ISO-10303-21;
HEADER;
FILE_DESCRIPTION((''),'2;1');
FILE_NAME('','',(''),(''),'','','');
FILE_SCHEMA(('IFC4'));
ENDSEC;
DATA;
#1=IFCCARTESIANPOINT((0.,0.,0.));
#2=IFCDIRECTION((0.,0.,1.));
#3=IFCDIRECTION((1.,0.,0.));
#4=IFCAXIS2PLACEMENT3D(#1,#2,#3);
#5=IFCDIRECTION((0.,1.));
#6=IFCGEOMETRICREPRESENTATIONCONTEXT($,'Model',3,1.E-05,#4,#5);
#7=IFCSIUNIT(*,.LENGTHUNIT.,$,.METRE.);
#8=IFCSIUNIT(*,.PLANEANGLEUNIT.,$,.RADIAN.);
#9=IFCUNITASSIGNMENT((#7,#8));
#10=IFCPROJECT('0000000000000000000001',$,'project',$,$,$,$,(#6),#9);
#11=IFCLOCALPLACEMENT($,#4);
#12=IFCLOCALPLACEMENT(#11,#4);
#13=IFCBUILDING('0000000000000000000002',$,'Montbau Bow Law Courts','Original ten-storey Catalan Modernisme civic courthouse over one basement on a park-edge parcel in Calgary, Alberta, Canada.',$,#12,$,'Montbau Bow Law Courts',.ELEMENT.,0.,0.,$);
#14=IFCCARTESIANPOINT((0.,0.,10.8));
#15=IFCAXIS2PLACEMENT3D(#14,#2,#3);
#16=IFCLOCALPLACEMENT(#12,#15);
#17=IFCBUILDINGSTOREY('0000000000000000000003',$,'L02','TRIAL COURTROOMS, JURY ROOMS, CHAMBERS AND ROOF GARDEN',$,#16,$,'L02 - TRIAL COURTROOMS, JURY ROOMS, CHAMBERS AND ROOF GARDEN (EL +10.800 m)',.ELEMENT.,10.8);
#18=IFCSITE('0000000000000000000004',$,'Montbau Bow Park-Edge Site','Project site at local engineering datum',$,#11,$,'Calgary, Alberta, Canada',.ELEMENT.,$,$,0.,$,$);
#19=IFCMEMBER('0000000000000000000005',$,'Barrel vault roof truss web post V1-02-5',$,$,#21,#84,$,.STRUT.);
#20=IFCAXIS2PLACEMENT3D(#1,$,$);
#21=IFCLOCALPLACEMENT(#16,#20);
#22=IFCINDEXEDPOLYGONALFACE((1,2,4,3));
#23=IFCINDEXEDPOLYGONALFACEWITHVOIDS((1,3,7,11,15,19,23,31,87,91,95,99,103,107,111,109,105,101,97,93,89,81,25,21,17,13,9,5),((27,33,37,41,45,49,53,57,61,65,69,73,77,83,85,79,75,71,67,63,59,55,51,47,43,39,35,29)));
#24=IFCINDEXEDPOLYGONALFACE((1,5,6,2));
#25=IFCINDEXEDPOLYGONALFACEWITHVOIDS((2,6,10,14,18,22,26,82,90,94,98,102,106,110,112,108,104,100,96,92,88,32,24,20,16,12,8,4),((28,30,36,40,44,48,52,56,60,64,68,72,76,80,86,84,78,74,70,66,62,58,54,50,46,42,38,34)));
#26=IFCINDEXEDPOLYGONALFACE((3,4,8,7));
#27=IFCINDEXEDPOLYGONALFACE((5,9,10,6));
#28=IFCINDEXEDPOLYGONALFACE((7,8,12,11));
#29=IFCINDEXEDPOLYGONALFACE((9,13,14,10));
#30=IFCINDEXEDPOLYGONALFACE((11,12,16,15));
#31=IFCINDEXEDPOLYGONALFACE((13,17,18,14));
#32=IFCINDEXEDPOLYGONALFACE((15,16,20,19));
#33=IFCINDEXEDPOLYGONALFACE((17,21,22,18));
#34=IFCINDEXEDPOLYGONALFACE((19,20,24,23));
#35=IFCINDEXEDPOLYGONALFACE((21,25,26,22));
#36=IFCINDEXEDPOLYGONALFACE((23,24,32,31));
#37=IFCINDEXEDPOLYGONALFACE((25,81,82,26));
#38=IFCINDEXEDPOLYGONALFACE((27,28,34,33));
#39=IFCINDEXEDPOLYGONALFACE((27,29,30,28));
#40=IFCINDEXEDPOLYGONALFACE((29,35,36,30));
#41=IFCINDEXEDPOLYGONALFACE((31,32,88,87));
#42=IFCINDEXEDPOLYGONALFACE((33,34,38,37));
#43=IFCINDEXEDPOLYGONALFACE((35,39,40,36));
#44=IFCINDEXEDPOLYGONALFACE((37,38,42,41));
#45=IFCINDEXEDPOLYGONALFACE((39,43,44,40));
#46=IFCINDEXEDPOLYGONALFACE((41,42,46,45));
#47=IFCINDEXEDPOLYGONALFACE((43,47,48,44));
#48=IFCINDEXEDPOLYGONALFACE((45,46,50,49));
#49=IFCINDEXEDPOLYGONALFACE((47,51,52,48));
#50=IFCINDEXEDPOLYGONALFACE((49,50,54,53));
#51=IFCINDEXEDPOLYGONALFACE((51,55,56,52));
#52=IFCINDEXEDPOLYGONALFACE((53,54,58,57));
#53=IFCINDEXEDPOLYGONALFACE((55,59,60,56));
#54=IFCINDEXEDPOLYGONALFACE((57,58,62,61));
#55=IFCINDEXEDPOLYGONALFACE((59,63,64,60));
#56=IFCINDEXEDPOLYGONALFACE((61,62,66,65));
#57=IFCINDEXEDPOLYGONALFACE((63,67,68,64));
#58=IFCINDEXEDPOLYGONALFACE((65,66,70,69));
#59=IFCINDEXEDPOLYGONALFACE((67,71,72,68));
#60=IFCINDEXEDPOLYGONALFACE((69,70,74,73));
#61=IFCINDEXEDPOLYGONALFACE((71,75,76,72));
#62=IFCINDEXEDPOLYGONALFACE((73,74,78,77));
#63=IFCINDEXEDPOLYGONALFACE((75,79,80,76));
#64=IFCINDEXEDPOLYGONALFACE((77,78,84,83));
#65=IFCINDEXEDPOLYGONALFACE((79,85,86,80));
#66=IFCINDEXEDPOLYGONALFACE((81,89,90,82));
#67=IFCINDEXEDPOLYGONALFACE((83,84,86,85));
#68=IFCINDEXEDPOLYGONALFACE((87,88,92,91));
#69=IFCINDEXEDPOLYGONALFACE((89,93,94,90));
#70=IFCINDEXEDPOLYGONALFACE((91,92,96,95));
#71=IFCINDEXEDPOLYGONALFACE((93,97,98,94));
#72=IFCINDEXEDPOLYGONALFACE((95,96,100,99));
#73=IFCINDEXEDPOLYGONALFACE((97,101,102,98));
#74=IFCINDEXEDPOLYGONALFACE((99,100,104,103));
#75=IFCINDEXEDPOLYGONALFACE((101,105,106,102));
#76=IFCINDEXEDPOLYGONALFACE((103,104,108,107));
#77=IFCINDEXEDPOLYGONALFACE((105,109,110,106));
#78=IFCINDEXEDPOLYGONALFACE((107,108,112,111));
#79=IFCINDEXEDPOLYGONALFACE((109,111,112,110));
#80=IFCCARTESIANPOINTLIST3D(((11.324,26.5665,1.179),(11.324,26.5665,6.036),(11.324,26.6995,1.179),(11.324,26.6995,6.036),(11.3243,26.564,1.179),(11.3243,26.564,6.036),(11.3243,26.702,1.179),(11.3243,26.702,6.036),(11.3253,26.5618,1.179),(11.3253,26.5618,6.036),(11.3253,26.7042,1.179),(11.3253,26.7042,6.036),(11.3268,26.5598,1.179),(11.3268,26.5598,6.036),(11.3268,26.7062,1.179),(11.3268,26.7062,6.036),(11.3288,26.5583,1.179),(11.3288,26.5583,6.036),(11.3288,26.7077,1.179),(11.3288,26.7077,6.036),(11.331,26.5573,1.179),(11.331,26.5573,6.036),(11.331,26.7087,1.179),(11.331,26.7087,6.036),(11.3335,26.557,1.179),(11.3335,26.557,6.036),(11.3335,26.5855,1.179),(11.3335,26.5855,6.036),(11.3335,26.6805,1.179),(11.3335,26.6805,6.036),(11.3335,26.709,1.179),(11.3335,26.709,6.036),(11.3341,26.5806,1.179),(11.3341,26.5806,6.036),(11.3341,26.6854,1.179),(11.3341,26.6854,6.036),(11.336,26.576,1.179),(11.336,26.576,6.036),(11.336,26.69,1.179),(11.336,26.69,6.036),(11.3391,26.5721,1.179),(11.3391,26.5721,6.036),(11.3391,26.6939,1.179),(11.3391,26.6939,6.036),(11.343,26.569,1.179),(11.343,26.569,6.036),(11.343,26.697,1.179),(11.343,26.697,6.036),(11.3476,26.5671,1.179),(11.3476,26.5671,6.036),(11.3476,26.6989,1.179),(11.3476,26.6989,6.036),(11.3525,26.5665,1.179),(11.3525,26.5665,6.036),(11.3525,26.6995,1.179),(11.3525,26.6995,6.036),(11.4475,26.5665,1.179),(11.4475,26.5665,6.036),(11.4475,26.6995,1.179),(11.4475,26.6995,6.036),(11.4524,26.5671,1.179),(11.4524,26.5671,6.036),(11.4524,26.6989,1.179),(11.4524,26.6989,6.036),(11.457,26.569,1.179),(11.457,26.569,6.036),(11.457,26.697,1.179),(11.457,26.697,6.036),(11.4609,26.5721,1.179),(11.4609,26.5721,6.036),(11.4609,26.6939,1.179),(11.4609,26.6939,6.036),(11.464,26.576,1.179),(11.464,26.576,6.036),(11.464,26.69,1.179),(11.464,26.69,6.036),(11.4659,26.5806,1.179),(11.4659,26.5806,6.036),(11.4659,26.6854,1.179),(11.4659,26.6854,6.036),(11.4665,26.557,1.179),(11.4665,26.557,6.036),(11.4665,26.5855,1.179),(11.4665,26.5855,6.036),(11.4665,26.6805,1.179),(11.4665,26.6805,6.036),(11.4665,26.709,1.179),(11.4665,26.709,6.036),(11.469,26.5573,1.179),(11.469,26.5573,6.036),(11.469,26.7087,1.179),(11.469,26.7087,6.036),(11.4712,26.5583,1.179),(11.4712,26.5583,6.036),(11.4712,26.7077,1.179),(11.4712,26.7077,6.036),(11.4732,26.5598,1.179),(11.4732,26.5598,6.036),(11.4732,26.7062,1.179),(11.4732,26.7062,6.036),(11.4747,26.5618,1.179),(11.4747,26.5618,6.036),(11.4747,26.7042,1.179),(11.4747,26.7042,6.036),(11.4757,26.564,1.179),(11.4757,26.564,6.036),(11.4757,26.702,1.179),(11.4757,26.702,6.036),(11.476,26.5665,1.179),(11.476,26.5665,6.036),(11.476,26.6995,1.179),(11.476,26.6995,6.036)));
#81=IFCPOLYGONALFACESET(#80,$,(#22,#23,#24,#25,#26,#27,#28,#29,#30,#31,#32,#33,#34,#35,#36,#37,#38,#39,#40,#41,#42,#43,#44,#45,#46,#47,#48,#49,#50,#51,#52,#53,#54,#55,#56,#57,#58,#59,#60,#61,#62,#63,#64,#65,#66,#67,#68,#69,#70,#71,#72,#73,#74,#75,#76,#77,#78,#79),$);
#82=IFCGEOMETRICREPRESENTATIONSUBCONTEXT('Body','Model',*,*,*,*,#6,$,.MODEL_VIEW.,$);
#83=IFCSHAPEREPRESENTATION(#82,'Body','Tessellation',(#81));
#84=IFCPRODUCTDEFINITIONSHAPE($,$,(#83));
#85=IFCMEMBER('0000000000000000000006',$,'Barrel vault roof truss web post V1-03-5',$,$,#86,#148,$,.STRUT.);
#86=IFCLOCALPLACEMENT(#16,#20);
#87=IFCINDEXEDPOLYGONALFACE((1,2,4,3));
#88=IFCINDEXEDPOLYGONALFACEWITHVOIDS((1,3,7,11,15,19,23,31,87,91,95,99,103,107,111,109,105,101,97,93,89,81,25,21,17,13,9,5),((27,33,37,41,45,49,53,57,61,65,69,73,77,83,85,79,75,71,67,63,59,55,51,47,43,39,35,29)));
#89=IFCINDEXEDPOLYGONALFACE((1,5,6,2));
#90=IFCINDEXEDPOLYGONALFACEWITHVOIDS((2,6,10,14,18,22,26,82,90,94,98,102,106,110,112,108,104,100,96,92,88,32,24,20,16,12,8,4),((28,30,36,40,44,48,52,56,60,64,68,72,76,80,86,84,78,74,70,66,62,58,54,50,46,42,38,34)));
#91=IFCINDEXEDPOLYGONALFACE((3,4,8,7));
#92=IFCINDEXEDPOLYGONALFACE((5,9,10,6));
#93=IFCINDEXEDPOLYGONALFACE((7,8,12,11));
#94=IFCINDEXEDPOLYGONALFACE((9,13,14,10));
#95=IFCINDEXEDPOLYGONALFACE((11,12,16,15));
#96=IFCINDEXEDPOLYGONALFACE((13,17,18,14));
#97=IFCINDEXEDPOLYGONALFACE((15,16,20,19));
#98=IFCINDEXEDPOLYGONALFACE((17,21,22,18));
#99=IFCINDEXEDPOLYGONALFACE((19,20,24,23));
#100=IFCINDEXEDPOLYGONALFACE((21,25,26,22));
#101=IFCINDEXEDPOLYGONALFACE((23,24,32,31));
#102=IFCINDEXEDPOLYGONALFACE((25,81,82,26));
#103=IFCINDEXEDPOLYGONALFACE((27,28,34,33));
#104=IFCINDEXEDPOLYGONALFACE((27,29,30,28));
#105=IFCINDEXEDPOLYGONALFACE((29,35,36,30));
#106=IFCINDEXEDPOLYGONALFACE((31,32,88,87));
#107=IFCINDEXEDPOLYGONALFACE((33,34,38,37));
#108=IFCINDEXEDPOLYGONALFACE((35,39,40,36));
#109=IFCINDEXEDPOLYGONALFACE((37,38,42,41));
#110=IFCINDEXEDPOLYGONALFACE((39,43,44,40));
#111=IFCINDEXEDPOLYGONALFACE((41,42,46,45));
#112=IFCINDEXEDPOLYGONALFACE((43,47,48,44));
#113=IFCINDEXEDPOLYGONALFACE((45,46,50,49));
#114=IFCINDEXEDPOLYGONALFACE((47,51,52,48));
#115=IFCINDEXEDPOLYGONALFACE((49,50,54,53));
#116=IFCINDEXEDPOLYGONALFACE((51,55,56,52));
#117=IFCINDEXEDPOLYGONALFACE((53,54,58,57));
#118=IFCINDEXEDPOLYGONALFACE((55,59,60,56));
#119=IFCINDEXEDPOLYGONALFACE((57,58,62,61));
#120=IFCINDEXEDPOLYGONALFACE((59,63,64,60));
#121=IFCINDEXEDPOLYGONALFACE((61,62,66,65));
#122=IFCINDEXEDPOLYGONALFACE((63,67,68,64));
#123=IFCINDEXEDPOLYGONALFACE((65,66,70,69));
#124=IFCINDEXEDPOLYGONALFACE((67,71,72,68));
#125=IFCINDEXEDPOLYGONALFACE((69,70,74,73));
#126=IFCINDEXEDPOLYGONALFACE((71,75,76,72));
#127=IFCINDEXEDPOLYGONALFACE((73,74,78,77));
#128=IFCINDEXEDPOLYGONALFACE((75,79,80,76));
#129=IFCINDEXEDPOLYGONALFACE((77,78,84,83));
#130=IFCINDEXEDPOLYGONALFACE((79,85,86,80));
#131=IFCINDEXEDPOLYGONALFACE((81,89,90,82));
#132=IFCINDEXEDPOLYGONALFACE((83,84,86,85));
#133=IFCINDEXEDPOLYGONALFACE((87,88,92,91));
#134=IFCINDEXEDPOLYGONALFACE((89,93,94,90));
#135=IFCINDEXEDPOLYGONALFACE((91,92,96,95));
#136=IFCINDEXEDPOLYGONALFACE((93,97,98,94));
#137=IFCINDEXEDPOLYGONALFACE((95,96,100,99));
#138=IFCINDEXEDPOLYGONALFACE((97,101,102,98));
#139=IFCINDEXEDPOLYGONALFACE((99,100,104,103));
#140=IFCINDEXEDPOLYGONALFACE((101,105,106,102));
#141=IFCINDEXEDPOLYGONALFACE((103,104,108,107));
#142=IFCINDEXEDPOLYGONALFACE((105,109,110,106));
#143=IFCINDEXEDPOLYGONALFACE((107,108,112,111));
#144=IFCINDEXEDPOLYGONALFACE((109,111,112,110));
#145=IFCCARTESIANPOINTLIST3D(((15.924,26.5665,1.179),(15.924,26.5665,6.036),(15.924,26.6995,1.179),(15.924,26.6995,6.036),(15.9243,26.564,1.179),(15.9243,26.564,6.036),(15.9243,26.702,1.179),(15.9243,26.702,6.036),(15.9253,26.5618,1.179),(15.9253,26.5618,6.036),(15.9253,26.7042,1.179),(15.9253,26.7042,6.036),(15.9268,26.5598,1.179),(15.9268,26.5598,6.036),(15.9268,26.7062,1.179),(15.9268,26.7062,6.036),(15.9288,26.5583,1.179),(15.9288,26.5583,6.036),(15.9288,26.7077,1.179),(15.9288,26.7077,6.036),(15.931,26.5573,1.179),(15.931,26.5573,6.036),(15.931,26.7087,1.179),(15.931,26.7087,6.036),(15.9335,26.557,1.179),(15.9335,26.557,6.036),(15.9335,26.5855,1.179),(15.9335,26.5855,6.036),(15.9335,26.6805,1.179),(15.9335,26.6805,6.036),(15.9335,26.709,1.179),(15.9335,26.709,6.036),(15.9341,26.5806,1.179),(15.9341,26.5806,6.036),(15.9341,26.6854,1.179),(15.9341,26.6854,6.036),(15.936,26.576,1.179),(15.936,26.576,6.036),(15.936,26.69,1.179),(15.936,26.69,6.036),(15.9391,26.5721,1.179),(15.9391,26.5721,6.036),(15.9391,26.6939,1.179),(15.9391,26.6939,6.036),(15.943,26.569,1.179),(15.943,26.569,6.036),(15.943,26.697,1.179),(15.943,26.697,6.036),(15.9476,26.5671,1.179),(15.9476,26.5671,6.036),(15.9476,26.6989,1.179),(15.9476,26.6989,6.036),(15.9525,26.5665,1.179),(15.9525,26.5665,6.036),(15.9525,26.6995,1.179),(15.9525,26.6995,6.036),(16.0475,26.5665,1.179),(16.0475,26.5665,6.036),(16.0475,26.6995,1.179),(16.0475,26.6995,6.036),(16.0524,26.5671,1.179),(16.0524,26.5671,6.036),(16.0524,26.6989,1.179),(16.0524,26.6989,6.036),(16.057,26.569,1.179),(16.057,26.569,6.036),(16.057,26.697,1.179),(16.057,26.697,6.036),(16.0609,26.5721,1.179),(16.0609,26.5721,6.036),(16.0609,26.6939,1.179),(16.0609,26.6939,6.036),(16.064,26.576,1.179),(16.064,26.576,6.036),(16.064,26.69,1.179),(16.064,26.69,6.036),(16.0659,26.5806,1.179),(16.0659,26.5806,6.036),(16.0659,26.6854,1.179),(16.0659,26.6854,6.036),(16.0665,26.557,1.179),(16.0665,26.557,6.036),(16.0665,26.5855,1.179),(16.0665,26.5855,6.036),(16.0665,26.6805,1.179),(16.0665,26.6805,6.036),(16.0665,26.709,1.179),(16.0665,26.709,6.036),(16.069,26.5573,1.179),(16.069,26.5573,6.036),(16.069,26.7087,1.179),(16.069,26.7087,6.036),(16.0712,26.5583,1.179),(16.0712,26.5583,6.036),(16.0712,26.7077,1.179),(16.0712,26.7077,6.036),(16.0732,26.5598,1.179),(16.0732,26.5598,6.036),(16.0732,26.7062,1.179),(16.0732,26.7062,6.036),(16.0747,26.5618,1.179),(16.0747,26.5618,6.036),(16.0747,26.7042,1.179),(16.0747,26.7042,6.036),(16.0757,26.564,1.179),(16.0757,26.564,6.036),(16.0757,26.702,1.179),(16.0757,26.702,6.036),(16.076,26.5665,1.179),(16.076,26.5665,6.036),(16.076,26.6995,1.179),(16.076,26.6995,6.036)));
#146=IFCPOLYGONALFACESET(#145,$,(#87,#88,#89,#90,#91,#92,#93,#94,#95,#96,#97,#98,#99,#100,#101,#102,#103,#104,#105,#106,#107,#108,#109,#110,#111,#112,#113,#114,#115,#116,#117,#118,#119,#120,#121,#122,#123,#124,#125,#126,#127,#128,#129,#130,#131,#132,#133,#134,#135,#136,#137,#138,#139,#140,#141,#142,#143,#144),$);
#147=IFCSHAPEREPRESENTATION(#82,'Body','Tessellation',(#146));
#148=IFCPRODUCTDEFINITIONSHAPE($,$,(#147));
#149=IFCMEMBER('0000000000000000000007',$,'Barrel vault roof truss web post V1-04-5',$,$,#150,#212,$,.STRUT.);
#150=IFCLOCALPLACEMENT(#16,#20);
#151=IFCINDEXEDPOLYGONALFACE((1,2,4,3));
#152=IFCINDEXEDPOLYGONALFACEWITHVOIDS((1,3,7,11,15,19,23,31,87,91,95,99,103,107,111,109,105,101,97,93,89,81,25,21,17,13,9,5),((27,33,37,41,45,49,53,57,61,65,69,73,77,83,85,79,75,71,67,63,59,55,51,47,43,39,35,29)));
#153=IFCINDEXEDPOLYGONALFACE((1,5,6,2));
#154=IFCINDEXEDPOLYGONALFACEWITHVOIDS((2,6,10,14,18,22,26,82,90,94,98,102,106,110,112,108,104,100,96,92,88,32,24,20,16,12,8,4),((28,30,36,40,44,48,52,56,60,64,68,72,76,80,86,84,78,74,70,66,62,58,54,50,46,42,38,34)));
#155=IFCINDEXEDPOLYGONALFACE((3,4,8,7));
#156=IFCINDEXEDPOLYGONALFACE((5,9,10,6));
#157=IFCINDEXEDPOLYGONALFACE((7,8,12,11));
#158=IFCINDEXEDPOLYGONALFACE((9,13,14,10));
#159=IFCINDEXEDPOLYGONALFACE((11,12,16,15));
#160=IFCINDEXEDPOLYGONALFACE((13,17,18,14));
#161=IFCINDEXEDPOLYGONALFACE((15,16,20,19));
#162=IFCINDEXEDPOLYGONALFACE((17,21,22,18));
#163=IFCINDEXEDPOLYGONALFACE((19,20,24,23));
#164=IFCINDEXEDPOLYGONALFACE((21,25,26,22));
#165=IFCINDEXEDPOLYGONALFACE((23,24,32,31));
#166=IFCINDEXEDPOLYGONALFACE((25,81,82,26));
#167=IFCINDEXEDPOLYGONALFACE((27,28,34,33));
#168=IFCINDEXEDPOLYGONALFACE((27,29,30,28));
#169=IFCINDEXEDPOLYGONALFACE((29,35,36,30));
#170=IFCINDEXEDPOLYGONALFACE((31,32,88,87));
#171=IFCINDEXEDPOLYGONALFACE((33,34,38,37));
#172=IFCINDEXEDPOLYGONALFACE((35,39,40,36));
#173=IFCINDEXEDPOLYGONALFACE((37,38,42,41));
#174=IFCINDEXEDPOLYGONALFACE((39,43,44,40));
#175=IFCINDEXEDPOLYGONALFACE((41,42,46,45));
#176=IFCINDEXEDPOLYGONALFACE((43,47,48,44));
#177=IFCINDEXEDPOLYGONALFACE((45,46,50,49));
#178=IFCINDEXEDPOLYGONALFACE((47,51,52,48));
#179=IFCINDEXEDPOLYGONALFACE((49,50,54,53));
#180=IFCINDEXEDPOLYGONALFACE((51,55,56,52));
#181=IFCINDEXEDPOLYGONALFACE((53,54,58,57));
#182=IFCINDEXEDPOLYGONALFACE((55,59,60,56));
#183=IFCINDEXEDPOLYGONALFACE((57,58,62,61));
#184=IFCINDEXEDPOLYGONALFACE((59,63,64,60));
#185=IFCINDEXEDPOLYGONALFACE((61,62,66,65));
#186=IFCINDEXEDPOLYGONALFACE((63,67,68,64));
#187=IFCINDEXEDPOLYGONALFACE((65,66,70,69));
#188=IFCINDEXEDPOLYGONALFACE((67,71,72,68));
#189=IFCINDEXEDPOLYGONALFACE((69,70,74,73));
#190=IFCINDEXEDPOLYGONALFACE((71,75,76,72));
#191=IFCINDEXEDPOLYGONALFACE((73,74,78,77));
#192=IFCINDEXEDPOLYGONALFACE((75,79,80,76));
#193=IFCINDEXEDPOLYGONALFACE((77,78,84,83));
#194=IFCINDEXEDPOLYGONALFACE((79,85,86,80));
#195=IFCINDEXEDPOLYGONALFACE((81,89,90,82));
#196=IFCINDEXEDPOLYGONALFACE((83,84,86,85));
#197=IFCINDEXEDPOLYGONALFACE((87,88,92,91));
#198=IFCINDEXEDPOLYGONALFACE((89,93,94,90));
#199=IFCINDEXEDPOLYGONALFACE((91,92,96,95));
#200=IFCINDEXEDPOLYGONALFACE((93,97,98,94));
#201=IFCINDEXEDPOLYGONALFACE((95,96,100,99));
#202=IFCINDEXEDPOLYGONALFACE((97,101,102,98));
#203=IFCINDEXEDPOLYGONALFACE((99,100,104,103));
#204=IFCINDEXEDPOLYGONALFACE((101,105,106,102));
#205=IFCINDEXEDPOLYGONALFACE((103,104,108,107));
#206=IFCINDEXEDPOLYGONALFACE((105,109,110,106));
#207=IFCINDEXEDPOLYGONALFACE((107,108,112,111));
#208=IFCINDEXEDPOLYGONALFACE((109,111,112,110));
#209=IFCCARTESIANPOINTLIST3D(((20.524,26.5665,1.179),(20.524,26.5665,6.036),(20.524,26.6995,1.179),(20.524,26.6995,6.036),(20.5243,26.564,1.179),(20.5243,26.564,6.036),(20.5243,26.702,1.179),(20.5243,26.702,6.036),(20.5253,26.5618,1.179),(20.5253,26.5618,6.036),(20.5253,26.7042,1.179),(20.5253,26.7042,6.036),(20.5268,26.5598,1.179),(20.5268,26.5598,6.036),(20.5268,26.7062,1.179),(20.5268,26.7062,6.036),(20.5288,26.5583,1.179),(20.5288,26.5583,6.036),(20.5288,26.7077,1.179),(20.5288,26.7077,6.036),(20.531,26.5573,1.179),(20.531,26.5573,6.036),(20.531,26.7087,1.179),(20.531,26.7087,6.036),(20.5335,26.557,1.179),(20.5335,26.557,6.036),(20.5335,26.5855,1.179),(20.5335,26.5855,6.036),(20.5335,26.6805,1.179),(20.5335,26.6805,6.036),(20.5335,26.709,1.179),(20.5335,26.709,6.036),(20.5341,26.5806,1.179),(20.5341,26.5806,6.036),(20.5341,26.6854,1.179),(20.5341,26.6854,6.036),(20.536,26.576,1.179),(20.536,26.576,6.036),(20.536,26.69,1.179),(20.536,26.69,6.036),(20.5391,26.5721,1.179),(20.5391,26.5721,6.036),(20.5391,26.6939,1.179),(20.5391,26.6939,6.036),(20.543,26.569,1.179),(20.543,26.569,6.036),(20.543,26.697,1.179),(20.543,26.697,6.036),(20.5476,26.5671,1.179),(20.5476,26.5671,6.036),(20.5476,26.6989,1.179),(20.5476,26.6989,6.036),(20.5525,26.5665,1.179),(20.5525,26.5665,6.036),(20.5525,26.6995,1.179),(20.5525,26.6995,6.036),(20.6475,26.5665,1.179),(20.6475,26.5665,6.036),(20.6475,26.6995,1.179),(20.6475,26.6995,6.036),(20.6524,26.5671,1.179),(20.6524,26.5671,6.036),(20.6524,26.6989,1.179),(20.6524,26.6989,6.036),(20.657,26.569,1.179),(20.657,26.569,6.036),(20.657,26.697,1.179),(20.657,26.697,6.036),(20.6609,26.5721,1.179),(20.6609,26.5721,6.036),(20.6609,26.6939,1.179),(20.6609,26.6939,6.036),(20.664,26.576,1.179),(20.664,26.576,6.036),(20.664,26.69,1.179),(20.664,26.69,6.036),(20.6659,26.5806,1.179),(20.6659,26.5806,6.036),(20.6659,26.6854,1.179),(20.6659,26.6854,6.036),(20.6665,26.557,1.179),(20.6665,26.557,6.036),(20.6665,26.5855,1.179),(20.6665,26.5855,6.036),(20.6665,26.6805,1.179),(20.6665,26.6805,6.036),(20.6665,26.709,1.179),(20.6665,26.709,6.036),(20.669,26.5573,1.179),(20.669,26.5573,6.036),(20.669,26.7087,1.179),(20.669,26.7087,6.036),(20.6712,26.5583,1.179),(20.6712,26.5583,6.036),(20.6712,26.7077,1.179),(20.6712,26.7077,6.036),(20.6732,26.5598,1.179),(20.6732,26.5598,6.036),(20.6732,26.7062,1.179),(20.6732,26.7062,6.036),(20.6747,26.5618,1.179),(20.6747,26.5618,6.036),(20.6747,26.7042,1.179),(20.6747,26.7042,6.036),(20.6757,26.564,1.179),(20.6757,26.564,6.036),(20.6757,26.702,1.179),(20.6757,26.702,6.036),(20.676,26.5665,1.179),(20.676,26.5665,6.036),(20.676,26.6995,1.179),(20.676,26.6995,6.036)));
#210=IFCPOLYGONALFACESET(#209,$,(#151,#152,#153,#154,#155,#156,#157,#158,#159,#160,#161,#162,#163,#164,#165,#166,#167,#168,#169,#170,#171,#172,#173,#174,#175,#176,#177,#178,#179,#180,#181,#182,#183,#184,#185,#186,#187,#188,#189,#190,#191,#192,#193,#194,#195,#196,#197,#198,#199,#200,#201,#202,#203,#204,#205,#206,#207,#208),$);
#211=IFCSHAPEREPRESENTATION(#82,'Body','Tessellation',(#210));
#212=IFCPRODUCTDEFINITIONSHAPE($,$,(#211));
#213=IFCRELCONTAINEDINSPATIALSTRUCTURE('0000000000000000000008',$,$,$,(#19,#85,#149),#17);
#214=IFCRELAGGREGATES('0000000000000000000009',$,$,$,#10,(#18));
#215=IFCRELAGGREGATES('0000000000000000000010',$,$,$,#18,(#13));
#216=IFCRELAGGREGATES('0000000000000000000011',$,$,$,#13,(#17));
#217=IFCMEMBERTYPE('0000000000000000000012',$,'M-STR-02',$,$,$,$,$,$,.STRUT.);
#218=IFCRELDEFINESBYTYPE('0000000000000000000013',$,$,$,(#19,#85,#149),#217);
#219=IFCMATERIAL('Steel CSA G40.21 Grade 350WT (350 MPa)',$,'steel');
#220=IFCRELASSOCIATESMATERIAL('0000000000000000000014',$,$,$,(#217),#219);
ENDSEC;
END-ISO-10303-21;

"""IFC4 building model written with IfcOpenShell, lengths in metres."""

from ifc_helpers import new_model, si_unit, direction, frame, origin_with_axes, origin_2d_with_axis, place, context, subcontext, project, spatial, hollow_rectangle, extrude, material, material_profile, profile_set, type_object, element, save


model = new_model("IFC4")

# Units and contexts
model_context = context("Model", 3, precision=1e-05, world=origin_with_axes(), true_north=direction((0.0, 1.0)))
body_context = subcontext(model_context, "Body", "Model", "MODEL_VIEW")
ifc_project = project(units=[si_unit("LENGTHUNIT", "METRE"), si_unit("PLANEANGLEUNIT", "RADIAN")], contexts=[model_context])

# Site, building, storey
site_placement = place(None, origin_with_axes())
site = spatial("IfcSite", under=ifc_project, at=site_placement, Name="Montbau Bow Park-Edge Site", Description="Project site at local engineering datum", LongName="Calgary, Alberta, Canada", CompositionType="ELEMENT", RefElevation=0.0)
building_placement = place(site_placement, origin_with_axes())
building = spatial("IfcBuilding", under=site, at=building_placement, Name="Montbau Bow Law Courts", Description="Original ten-storey Catalan Modernisme civic courthouse over one basement on a park-edge parcel in Calgary, Alberta, Canada.", LongName="Montbau Bow Law Courts", CompositionType="ELEMENT", ElevationOfRefHeight=0.0, ElevationOfTerrain=0.0)
storey_placement = place(building_placement, frame((0.0, 0.0, 10.8), z_axis=(0.0, 0.0, 1.0), x_axis=(1.0, 0.0, 0.0)))
storey = spatial("IfcBuildingStorey", under=building, at=storey_placement, Name="L02", Description="TRIAL COURTROOMS, JURY ROOMS, CHAMBERS AND ROOF GARDEN", LongName="L02 - TRIAL COURTROOMS, JURY ROOMS, CHAMBERS AND ROOF GARDEN (EL +10.800 m)", CompositionType="ELEMENT", Elevation=10.8)

# Shared definitions
ifc_material_1 = material(Name="Steel CSA G40.21 Grade 350WT (350 MPa)", Category="steel")

# Members
ifc_material_profile_1 = material_profile(ifc_material_1, hollow_rectangle(XDim=0.152, YDim=0.152, WallThickness=0.0095, InnerFilletRadius=0.019, OuterFilletRadius=0.0095, at=origin_2d_with_axis()), Name="HSS152X152X9.5", Category="Main", Priority=0)
ifc_profile_set_1 = profile_set([ifc_material_profile_1], Name="Steel CSA G40.21 Grade 350WT (350 MPa)")
member_type_1 = type_object("IfcMemberType", Name="M-STR-02", PredefinedType="STRUT", material=ifc_profile_set_1)
for number, where, z_axis, x_axis, name in (
    (1, (11.4, 26.633, 11.979), (0.0, 0.0, 1.0), (1.0, 0.0, 0.0), "Barrel vault roof truss web post V1-02-5"),
    (2, (16.0, 26.633, 11.979), (0.0, 0.0, 1.0), (1.0, 0.0, 0.0), "Barrel vault roof truss web post V1-03-5"),
    (3, (20.6, 26.633, 11.979), (0.0, 0.0, 1.0), (1.0, 0.0, 0.0), "Barrel vault roof truss web post V1-04-5"),
):
    element("IfcMember", number, at=place(None, frame(where, z_axis=z_axis, x_axis=x_axis)), inside=storey, type_object=member_type_1, Name=name, PredefinedType="STRUT", context=body_context, shape_type="SweptSolid", body=[
        extrude(hollow_rectangle(XDim=0.152, YDim=0.152, WallThickness=0.0095, InnerFilletRadius=0.019, OuterFilletRadius=0.0095, at=origin_2d_with_axis()), origin_with_axes(), (0.0, 0.0, 1.0), 4.857),
    ])

save(model, "model.ifc")
